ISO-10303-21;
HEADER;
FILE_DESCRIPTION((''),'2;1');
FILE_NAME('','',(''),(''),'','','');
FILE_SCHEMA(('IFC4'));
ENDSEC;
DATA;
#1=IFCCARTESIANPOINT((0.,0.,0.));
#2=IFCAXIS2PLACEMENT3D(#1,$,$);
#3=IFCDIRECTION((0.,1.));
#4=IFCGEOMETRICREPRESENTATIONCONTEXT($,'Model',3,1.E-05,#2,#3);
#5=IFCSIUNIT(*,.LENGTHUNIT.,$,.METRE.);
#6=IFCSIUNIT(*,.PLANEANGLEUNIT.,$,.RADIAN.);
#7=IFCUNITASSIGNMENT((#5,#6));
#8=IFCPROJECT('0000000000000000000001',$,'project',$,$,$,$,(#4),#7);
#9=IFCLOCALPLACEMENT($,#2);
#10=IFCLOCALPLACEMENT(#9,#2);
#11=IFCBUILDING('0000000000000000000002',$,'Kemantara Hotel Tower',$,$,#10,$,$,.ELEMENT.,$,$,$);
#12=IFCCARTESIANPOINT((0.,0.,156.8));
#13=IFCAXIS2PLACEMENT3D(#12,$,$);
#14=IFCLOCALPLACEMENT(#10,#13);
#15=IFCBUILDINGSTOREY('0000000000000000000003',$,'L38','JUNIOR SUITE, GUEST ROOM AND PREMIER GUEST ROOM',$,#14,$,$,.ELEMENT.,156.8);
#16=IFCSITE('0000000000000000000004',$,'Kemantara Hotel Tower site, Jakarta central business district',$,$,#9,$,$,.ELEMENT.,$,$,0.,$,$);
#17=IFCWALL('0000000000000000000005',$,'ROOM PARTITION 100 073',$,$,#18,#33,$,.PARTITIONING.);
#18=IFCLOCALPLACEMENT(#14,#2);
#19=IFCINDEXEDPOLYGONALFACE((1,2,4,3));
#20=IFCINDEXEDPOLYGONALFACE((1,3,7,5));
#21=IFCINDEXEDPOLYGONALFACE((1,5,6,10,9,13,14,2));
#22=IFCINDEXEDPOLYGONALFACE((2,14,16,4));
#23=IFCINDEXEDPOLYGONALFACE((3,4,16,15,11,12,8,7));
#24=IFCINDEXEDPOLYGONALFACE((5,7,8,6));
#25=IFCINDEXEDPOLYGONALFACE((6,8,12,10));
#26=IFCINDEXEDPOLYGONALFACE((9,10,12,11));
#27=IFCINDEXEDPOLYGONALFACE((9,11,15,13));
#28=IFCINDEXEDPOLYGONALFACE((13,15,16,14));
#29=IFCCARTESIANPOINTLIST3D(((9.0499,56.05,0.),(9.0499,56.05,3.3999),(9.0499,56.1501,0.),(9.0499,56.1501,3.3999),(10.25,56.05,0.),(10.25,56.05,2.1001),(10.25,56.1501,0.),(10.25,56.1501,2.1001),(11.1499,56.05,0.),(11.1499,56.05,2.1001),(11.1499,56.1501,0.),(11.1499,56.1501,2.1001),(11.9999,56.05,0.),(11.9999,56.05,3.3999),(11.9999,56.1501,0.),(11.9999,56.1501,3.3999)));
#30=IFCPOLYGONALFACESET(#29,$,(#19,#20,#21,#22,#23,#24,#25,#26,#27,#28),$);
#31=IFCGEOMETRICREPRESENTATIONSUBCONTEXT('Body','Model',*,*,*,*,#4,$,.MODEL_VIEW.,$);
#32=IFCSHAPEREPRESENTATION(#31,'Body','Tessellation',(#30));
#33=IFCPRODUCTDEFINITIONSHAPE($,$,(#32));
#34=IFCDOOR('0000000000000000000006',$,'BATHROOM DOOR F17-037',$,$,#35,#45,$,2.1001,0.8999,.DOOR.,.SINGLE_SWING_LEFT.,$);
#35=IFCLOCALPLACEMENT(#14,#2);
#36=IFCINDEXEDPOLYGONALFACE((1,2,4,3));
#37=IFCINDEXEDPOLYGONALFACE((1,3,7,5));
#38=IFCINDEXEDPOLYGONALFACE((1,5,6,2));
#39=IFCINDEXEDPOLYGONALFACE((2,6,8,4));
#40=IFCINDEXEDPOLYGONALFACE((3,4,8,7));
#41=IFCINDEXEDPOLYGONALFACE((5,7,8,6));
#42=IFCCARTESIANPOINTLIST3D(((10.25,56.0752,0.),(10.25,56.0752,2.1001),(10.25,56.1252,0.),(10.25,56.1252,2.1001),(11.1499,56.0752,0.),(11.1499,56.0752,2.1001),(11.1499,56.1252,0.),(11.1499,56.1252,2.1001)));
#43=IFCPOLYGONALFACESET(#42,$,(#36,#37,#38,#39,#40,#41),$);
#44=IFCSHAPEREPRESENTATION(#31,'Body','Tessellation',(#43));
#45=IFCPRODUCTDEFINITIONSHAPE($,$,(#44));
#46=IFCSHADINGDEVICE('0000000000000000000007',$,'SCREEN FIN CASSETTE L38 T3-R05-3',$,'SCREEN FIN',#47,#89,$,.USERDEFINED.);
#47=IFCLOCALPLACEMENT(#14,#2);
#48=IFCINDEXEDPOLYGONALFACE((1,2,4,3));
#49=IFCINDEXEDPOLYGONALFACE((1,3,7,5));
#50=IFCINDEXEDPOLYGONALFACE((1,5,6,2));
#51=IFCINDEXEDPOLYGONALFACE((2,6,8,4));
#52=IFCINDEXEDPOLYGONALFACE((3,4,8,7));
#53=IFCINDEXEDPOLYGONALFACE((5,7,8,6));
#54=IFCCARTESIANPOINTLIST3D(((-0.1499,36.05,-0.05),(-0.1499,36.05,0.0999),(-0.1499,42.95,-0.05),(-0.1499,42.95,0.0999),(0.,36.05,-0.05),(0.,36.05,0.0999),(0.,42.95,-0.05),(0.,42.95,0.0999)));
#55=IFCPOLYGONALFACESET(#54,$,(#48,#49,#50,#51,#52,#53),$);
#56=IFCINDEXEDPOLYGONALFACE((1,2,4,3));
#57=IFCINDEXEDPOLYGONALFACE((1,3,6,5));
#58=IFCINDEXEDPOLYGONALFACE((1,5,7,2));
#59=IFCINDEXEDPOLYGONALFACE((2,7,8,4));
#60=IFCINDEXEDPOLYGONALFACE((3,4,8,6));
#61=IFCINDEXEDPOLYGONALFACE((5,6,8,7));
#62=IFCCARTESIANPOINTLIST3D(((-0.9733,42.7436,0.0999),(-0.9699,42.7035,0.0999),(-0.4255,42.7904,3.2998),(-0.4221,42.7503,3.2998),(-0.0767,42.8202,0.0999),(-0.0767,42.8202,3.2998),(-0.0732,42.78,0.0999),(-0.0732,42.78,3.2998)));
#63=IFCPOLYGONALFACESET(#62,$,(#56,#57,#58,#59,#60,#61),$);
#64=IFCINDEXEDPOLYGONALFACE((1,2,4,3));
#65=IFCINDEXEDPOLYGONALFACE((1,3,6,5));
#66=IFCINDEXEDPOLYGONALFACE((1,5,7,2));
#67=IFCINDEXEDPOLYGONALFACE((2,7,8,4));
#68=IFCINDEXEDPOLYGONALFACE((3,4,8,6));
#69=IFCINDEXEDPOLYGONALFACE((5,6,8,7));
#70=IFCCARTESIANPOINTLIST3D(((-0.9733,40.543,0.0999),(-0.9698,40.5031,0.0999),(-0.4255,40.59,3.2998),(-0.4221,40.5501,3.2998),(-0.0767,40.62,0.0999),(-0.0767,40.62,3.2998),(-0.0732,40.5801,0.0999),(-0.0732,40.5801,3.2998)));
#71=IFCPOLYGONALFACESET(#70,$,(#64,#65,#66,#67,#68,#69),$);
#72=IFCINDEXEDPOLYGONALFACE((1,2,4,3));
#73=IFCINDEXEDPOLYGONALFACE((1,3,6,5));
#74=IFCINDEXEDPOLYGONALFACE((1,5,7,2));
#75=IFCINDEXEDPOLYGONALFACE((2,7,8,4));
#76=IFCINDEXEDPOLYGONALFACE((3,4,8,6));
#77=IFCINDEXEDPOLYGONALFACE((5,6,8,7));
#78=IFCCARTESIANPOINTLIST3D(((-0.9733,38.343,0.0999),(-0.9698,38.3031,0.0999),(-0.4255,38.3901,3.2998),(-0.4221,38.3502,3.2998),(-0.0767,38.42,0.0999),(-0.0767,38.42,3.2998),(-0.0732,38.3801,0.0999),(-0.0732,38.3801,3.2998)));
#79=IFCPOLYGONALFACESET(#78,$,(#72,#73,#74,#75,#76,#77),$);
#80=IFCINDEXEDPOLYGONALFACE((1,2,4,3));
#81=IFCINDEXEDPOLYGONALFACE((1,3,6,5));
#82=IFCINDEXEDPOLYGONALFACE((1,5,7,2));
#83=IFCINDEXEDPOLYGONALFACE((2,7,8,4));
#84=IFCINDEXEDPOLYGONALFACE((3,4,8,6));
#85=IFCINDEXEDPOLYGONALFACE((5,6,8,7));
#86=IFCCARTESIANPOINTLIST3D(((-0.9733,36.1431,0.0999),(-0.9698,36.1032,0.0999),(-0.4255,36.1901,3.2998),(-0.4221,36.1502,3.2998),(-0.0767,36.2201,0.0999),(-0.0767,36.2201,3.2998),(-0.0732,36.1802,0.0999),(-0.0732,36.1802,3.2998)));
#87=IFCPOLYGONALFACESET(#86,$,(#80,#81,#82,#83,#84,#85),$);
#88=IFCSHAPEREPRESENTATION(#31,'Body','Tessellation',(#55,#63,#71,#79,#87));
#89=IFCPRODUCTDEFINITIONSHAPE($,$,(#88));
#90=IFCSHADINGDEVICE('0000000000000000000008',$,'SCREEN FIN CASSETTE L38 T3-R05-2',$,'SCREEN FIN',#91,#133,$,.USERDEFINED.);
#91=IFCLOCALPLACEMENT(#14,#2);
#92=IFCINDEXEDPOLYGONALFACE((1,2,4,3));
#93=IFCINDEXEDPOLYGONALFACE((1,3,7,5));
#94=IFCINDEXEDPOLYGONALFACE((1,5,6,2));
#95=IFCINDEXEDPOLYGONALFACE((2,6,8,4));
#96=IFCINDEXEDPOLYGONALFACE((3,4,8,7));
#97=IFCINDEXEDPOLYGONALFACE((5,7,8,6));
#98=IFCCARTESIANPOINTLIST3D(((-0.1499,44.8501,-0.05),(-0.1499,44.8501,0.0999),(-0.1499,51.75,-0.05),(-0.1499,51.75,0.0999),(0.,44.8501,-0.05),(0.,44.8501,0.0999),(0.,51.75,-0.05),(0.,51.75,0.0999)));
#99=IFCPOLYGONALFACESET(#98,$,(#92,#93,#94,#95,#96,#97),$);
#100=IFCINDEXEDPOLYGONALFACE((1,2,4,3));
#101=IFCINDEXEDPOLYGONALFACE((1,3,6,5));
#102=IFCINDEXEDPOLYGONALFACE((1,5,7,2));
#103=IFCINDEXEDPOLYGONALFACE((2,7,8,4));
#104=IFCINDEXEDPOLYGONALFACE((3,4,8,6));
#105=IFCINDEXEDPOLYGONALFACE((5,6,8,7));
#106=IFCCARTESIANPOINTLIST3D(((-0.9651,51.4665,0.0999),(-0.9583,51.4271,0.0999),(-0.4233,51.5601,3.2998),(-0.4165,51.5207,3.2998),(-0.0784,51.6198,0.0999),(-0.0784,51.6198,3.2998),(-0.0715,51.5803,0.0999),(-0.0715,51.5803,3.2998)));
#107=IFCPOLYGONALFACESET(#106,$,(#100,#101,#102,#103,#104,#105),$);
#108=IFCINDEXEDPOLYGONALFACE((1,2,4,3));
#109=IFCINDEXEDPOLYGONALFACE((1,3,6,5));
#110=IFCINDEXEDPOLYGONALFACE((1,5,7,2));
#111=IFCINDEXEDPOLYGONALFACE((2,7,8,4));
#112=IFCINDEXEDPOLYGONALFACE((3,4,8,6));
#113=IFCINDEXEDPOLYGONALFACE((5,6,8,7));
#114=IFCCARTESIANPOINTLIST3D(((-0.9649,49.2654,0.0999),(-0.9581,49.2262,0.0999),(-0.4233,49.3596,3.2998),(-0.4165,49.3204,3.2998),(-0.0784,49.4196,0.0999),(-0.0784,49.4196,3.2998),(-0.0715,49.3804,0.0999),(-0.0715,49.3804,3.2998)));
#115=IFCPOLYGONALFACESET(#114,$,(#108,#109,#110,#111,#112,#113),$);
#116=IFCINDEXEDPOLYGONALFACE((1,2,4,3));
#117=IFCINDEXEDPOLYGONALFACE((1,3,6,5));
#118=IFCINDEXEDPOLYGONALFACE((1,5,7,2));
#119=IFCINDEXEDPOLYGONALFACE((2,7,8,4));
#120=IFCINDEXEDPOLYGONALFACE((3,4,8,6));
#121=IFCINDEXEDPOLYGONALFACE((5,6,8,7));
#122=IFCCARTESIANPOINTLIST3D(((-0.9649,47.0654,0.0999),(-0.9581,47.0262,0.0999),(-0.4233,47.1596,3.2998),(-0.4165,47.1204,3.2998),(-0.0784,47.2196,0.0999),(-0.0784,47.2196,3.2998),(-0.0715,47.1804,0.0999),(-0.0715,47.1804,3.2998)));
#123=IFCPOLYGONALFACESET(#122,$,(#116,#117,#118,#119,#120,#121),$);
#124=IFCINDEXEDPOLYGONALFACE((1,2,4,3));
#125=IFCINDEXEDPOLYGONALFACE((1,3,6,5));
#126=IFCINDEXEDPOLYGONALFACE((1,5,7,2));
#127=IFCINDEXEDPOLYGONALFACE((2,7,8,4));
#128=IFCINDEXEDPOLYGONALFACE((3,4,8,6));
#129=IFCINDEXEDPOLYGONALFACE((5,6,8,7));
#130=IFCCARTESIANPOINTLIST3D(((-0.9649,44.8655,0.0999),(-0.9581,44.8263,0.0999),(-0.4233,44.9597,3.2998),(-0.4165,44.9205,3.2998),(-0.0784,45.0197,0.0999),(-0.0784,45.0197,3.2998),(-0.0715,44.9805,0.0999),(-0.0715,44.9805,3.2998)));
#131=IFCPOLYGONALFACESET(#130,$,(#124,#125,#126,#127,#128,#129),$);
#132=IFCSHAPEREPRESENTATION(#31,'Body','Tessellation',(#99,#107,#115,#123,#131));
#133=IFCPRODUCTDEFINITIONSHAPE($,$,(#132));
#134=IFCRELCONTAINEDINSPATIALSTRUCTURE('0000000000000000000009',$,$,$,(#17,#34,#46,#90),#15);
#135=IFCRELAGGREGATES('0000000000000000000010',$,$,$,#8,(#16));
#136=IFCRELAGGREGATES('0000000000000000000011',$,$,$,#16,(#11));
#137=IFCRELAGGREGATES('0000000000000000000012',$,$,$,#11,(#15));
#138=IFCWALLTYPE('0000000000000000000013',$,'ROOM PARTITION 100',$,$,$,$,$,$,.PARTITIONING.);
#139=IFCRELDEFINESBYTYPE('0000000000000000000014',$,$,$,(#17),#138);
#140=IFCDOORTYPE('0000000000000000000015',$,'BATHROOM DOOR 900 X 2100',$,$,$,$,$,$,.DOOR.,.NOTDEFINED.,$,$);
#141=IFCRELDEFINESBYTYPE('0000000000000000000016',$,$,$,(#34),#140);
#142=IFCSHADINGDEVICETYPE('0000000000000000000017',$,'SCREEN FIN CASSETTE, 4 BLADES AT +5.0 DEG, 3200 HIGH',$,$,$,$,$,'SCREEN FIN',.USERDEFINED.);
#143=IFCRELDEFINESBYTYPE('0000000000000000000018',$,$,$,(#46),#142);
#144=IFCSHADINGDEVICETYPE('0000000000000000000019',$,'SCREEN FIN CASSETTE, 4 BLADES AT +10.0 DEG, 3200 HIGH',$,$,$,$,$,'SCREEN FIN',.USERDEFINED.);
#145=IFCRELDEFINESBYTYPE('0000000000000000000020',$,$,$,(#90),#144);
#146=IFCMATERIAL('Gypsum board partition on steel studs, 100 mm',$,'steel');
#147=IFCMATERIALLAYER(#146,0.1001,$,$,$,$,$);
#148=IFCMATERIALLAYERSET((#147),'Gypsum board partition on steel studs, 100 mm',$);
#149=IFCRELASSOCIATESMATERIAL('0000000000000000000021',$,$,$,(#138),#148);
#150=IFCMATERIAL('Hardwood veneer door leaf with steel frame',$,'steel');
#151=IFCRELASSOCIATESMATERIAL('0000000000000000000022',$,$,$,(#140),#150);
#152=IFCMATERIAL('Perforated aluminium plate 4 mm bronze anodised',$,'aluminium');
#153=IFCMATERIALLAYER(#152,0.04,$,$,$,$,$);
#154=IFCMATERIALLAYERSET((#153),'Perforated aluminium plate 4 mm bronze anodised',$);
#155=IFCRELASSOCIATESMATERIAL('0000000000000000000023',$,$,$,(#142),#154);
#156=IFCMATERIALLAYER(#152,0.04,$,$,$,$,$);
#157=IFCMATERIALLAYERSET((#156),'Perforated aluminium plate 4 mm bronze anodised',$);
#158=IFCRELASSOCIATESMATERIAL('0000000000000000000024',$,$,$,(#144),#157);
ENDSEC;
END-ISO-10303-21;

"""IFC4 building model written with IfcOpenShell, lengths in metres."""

from ifc_helpers import new_model, si_unit, direction, frame, frame_2d, origin, origin_2d, place, context, subcontext, project, spatial, polyline, rectangle, outline, extrude, source, transform, mapped, material, layer, layer_set, type_object, element, fill, save


model = new_model("IFC4")

# Units and contexts
model_context = context("Model", 3, precision=1e-05, world=origin(), true_north=direction((0.0, 1.0)))
body_context = subcontext(model_context, "Body", "Model", "MODEL_VIEW")
ifc_project = project(units=[si_unit("LENGTHUNIT", "METRE"), si_unit("PLANEANGLEUNIT", "RADIAN")], contexts=[model_context])

# Site, building, storey
site_placement = place(None, origin())
site = spatial("IfcSite", under=ifc_project, at=site_placement, Name="Kemantara Hotel Tower site, Jakarta central business district", CompositionType="ELEMENT", RefElevation=0.0)
building_placement = place(site_placement, origin())
building = spatial("IfcBuilding", under=site, at=building_placement, Name="Kemantara Hotel Tower", CompositionType="ELEMENT")
storey_placement = place(building_placement, frame((0.0, 0.0, 156.8)))
storey = spatial("IfcBuildingStorey", under=building, at=storey_placement, Name="L38", Description="JUNIOR SUITE, GUEST ROOM AND PREMIER GUEST ROOM", CompositionType="ELEMENT", Elevation=156.8)

# Shared definitions
ifc_material_1 = material(Name="Hardwood veneer door leaf with steel frame", Category="steel")

# Shared definitions
ifc_material_2 = material(Name="Gypsum board partition on steel studs, 100 mm", Category="steel")
ifc_layer_1 = layer(ifc_material_2, 0.1001)
ifc_layer_set_1 = layer_set([ifc_layer_1], Name="Gypsum board partition on steel studs, 100 mm")
wall_type_1 = type_object("IfcWallType", Name="ROOM PARTITION 100", PredefinedType="PARTITIONING", material=ifc_layer_set_1)

# Shared definitions
door_type_1 = type_object("IfcDoorType", Name="BATHROOM DOOR 900 X 2100", OperationType="NOTDEFINED", PredefinedType="DOOR", material=ifc_material_1)

# Wall, opening, door
wall_1_placement = place(storey_placement, frame((12.0, 56.1001, 0.0), z_axis=(0.0, 0.0, 1.0), x_axis=(-1.0, 0.0, 0.0)))
wall_1 = element("IfcWall", 1, at=wall_1_placement, inside=storey, type_object=wall_type_1, Name="ROOM PARTITION 100 073", PredefinedType="PARTITIONING", context=body_context, shape_type="SweptSolid", body=[
    extrude(rectangle(XDim=2.95, YDim=0.1001, at=frame_2d((1.4751, 0.0))), origin(), (0.0, 0.0, 1.0), 3.3999),
])
opening_1_placement = place(wall_1_placement, frame((0.8501, 0.0, 0.0)))
opening_1 = element("IfcOpeningElement", 2, at=opening_1_placement, cuts=wall_1, PredefinedType="OPENING", context=body_context, shape_type="SweptSolid", body=[
    extrude(rectangle(XDim=0.8999, YDim=2.1001, at=frame_2d((0.45, 1.05))), frame((0.0, 0.0601, 0.0), z_axis=(0.0, -1.0, 0.0), x_axis=(1.0, 0.0, 0.0)), (0.0, 0.0, 1.0), 0.1201),
])
door_1_placement = place(opening_1_placement, origin())
door_1 = element("IfcDoor", 3, at=door_1_placement, inside=storey, type_object=door_type_1, Name="BATHROOM DOOR F17-037", OperationType="SINGLE_SWING_LEFT", OverallHeight=2.1001, OverallWidth=0.8999, PredefinedType="DOOR", context=body_context, shape_type="SweptSolid", body=[
    extrude(rectangle(XDim=0.8999, YDim=2.1001, at=frame_2d((0.45, 1.05))), frame((0.0, 0.0249, 0.0), z_axis=(0.0, -1.0, 0.0), x_axis=(1.0, 0.0, 0.0)), (0.0, 0.0, 1.0), 0.05),
])
fill(opening_1, door_1)

# Shading devices
ifc_material_3 = material(Name="Perforated aluminium plate 4 mm bronze anodised", Category="aluminium")
ifc_layer_2 = layer(ifc_material_3, 0.04)
ifc_layer_set_2 = layer_set([ifc_layer_2], Name="Perforated aluminium plate 4 mm bronze anodised")
shading_device_type_1 = type_object("IfcShadingDeviceType", Name="SCREEN FIN CASSETTE, 4 BLADES AT +5.0 DEG, 3200 HIGH", ElementType="SCREEN FIN", PredefinedType="USERDEFINED", material=ifc_layer_set_2)
shared_shape_1 = source(origin(), body_context, "Body", "SweptSolid", [
    extrude(rectangle(XDim=6.8999, YDim=0.1499, at=origin_2d()), frame((3.3, -0.075, -0.1499), z_axis=(0.0, 0.0, 1.0), x_axis=(1.0, 0.0, 0.0)), (0.0, 0.0, 1.0), 0.1499),
    extrude(outline(polyline([(0.0, 0.0), (0.8999, 0.0), (0.3501, 3.2), (0.0, 3.2), (0.0, 0.0)])), frame((0.02, -0.0732, 0.0), z_axis=(-0.996376, -0.085056, 0.0), x_axis=(0.085056, -0.996376, 0.0)), (0.0, 0.0, 1.0), 0.0403),
    extrude(outline(polyline([(0.0, 0.0), (0.8999, 0.0), (0.3501, 3.2), (0.0, 3.2), (0.0, 0.0)])), frame((2.22, -0.0732, 0.0), z_axis=(-0.996332, -0.085575, 0.0), x_axis=(0.085575, -0.996332, 0.0)), (0.0, 0.0, 1.0), 0.04),
    extrude(outline(polyline([(0.0, 0.0), (0.8999, 0.0), (0.3501, 3.2), (0.0, 3.2), (0.0, 0.0)])), frame((4.4199, -0.0732, 0.0), z_axis=(-0.996332, -0.085575, 0.0), x_axis=(0.085575, -0.996332, 0.0)), (0.0, 0.0, 1.0), 0.04),
    extrude(outline(polyline([(0.0, 0.0), (0.8999, 0.0), (0.3501, 3.2), (0.0, 3.2), (0.0, 0.0)])), frame((6.6199, -0.0732, 0.0), z_axis=(-0.996332, -0.085575, 0.0), x_axis=(0.085575, -0.996332, 0.0)), (0.0, 0.0, 1.0), 0.04),
])
shading_device_1_placement = place(storey_placement, frame((0.0, 42.8, 0.0999), z_axis=(0.0, 0.0, 1.0), x_axis=(0.0, -1.0, 0.0)))
element("IfcShadingDevice", 4, at=shading_device_1_placement, inside=storey, type_object=shading_device_type_1, Name="SCREEN FIN CASSETTE L38 T3-R05-3", ObjectType="SCREEN FIN", PredefinedType="USERDEFINED", context=body_context, shape_type="MappedRepresentation", body=[
    mapped(shared_shape_1, transform((0.0, 0.0, 0.0))),
])
ifc_layer_3 = layer(ifc_material_3, 0.04)
ifc_layer_set_3 = layer_set([ifc_layer_3], Name="Perforated aluminium plate 4 mm bronze anodised")
shading_device_type_2 = type_object("IfcShadingDeviceType", Name="SCREEN FIN CASSETTE, 4 BLADES AT +10.0 DEG, 3200 HIGH", ElementType="SCREEN FIN", PredefinedType="USERDEFINED", material=ifc_layer_set_3)
shared_shape_2 = source(origin(), body_context, "Body", "SweptSolid", [
    extrude(rectangle(XDim=6.8999, YDim=0.1499, at=origin_2d()), frame((3.3, -0.075, -0.1499), z_axis=(0.0, 0.0, 1.0), x_axis=(1.0, 0.0, 0.0)), (0.0, 0.0, 1.0), 0.1499),
    extrude(outline(polyline([(0.0, 0.0), (0.8999, 0.0), (0.3501, 3.2), (0.0, 3.2), (0.0, 0.0)])), frame((0.0198, -0.0715, 0.0), z_axis=(-0.98539, -0.170314, 0.0), x_axis=(0.170314, -0.98539, 0.0)), (0.0, 0.0, 1.0), 0.04),
    extrude(outline(polyline([(0.0, 0.0), (0.8999, 0.0), (0.3501, 3.2), (0.0, 3.2), (0.0, 0.0)])), frame((2.2197, -0.0715, 0.0), z_axis=(-0.985212, -0.171341, 0.0), x_axis=(0.171341, -0.985212, 0.0)), (0.0, 0.0, 1.0), 0.0398),
    extrude(outline(polyline([(0.0, 0.0), (0.8999, 0.0), (0.3501, 3.2), (0.0, 3.2), (0.0, 0.0)])), frame((4.4197, -0.0715, 0.0), z_axis=(-0.985212, -0.171341, 0.0), x_axis=(0.171341, -0.985212, 0.0)), (0.0, 0.0, 1.0), 0.0398),
    extrude(outline(polyline([(0.0, 0.0), (0.8999, 0.0), (0.3501, 3.2), (0.0, 3.2), (0.0, 0.0)])), frame((6.6196, -0.0715, 0.0), z_axis=(-0.985212, -0.171341, 0.0), x_axis=(0.171341, -0.985212, 0.0)), (0.0, 0.0, 1.0), 0.0398),
])
shading_device_2_placement = place(storey_placement, frame((0.0, 51.6001, 0.0999), z_axis=(0.0, 0.0, 1.0), x_axis=(0.0, -1.0, 0.0)))
element("IfcShadingDevice", 5, at=shading_device_2_placement, inside=storey, type_object=shading_device_type_2, Name="SCREEN FIN CASSETTE L38 T3-R05-2", ObjectType="SCREEN FIN", PredefinedType="USERDEFINED", context=body_context, shape_type="MappedRepresentation", body=[
    mapped(shared_shape_2, transform((0.0, 0.0, 0.0))),
])

save(model, "model.ifc")
